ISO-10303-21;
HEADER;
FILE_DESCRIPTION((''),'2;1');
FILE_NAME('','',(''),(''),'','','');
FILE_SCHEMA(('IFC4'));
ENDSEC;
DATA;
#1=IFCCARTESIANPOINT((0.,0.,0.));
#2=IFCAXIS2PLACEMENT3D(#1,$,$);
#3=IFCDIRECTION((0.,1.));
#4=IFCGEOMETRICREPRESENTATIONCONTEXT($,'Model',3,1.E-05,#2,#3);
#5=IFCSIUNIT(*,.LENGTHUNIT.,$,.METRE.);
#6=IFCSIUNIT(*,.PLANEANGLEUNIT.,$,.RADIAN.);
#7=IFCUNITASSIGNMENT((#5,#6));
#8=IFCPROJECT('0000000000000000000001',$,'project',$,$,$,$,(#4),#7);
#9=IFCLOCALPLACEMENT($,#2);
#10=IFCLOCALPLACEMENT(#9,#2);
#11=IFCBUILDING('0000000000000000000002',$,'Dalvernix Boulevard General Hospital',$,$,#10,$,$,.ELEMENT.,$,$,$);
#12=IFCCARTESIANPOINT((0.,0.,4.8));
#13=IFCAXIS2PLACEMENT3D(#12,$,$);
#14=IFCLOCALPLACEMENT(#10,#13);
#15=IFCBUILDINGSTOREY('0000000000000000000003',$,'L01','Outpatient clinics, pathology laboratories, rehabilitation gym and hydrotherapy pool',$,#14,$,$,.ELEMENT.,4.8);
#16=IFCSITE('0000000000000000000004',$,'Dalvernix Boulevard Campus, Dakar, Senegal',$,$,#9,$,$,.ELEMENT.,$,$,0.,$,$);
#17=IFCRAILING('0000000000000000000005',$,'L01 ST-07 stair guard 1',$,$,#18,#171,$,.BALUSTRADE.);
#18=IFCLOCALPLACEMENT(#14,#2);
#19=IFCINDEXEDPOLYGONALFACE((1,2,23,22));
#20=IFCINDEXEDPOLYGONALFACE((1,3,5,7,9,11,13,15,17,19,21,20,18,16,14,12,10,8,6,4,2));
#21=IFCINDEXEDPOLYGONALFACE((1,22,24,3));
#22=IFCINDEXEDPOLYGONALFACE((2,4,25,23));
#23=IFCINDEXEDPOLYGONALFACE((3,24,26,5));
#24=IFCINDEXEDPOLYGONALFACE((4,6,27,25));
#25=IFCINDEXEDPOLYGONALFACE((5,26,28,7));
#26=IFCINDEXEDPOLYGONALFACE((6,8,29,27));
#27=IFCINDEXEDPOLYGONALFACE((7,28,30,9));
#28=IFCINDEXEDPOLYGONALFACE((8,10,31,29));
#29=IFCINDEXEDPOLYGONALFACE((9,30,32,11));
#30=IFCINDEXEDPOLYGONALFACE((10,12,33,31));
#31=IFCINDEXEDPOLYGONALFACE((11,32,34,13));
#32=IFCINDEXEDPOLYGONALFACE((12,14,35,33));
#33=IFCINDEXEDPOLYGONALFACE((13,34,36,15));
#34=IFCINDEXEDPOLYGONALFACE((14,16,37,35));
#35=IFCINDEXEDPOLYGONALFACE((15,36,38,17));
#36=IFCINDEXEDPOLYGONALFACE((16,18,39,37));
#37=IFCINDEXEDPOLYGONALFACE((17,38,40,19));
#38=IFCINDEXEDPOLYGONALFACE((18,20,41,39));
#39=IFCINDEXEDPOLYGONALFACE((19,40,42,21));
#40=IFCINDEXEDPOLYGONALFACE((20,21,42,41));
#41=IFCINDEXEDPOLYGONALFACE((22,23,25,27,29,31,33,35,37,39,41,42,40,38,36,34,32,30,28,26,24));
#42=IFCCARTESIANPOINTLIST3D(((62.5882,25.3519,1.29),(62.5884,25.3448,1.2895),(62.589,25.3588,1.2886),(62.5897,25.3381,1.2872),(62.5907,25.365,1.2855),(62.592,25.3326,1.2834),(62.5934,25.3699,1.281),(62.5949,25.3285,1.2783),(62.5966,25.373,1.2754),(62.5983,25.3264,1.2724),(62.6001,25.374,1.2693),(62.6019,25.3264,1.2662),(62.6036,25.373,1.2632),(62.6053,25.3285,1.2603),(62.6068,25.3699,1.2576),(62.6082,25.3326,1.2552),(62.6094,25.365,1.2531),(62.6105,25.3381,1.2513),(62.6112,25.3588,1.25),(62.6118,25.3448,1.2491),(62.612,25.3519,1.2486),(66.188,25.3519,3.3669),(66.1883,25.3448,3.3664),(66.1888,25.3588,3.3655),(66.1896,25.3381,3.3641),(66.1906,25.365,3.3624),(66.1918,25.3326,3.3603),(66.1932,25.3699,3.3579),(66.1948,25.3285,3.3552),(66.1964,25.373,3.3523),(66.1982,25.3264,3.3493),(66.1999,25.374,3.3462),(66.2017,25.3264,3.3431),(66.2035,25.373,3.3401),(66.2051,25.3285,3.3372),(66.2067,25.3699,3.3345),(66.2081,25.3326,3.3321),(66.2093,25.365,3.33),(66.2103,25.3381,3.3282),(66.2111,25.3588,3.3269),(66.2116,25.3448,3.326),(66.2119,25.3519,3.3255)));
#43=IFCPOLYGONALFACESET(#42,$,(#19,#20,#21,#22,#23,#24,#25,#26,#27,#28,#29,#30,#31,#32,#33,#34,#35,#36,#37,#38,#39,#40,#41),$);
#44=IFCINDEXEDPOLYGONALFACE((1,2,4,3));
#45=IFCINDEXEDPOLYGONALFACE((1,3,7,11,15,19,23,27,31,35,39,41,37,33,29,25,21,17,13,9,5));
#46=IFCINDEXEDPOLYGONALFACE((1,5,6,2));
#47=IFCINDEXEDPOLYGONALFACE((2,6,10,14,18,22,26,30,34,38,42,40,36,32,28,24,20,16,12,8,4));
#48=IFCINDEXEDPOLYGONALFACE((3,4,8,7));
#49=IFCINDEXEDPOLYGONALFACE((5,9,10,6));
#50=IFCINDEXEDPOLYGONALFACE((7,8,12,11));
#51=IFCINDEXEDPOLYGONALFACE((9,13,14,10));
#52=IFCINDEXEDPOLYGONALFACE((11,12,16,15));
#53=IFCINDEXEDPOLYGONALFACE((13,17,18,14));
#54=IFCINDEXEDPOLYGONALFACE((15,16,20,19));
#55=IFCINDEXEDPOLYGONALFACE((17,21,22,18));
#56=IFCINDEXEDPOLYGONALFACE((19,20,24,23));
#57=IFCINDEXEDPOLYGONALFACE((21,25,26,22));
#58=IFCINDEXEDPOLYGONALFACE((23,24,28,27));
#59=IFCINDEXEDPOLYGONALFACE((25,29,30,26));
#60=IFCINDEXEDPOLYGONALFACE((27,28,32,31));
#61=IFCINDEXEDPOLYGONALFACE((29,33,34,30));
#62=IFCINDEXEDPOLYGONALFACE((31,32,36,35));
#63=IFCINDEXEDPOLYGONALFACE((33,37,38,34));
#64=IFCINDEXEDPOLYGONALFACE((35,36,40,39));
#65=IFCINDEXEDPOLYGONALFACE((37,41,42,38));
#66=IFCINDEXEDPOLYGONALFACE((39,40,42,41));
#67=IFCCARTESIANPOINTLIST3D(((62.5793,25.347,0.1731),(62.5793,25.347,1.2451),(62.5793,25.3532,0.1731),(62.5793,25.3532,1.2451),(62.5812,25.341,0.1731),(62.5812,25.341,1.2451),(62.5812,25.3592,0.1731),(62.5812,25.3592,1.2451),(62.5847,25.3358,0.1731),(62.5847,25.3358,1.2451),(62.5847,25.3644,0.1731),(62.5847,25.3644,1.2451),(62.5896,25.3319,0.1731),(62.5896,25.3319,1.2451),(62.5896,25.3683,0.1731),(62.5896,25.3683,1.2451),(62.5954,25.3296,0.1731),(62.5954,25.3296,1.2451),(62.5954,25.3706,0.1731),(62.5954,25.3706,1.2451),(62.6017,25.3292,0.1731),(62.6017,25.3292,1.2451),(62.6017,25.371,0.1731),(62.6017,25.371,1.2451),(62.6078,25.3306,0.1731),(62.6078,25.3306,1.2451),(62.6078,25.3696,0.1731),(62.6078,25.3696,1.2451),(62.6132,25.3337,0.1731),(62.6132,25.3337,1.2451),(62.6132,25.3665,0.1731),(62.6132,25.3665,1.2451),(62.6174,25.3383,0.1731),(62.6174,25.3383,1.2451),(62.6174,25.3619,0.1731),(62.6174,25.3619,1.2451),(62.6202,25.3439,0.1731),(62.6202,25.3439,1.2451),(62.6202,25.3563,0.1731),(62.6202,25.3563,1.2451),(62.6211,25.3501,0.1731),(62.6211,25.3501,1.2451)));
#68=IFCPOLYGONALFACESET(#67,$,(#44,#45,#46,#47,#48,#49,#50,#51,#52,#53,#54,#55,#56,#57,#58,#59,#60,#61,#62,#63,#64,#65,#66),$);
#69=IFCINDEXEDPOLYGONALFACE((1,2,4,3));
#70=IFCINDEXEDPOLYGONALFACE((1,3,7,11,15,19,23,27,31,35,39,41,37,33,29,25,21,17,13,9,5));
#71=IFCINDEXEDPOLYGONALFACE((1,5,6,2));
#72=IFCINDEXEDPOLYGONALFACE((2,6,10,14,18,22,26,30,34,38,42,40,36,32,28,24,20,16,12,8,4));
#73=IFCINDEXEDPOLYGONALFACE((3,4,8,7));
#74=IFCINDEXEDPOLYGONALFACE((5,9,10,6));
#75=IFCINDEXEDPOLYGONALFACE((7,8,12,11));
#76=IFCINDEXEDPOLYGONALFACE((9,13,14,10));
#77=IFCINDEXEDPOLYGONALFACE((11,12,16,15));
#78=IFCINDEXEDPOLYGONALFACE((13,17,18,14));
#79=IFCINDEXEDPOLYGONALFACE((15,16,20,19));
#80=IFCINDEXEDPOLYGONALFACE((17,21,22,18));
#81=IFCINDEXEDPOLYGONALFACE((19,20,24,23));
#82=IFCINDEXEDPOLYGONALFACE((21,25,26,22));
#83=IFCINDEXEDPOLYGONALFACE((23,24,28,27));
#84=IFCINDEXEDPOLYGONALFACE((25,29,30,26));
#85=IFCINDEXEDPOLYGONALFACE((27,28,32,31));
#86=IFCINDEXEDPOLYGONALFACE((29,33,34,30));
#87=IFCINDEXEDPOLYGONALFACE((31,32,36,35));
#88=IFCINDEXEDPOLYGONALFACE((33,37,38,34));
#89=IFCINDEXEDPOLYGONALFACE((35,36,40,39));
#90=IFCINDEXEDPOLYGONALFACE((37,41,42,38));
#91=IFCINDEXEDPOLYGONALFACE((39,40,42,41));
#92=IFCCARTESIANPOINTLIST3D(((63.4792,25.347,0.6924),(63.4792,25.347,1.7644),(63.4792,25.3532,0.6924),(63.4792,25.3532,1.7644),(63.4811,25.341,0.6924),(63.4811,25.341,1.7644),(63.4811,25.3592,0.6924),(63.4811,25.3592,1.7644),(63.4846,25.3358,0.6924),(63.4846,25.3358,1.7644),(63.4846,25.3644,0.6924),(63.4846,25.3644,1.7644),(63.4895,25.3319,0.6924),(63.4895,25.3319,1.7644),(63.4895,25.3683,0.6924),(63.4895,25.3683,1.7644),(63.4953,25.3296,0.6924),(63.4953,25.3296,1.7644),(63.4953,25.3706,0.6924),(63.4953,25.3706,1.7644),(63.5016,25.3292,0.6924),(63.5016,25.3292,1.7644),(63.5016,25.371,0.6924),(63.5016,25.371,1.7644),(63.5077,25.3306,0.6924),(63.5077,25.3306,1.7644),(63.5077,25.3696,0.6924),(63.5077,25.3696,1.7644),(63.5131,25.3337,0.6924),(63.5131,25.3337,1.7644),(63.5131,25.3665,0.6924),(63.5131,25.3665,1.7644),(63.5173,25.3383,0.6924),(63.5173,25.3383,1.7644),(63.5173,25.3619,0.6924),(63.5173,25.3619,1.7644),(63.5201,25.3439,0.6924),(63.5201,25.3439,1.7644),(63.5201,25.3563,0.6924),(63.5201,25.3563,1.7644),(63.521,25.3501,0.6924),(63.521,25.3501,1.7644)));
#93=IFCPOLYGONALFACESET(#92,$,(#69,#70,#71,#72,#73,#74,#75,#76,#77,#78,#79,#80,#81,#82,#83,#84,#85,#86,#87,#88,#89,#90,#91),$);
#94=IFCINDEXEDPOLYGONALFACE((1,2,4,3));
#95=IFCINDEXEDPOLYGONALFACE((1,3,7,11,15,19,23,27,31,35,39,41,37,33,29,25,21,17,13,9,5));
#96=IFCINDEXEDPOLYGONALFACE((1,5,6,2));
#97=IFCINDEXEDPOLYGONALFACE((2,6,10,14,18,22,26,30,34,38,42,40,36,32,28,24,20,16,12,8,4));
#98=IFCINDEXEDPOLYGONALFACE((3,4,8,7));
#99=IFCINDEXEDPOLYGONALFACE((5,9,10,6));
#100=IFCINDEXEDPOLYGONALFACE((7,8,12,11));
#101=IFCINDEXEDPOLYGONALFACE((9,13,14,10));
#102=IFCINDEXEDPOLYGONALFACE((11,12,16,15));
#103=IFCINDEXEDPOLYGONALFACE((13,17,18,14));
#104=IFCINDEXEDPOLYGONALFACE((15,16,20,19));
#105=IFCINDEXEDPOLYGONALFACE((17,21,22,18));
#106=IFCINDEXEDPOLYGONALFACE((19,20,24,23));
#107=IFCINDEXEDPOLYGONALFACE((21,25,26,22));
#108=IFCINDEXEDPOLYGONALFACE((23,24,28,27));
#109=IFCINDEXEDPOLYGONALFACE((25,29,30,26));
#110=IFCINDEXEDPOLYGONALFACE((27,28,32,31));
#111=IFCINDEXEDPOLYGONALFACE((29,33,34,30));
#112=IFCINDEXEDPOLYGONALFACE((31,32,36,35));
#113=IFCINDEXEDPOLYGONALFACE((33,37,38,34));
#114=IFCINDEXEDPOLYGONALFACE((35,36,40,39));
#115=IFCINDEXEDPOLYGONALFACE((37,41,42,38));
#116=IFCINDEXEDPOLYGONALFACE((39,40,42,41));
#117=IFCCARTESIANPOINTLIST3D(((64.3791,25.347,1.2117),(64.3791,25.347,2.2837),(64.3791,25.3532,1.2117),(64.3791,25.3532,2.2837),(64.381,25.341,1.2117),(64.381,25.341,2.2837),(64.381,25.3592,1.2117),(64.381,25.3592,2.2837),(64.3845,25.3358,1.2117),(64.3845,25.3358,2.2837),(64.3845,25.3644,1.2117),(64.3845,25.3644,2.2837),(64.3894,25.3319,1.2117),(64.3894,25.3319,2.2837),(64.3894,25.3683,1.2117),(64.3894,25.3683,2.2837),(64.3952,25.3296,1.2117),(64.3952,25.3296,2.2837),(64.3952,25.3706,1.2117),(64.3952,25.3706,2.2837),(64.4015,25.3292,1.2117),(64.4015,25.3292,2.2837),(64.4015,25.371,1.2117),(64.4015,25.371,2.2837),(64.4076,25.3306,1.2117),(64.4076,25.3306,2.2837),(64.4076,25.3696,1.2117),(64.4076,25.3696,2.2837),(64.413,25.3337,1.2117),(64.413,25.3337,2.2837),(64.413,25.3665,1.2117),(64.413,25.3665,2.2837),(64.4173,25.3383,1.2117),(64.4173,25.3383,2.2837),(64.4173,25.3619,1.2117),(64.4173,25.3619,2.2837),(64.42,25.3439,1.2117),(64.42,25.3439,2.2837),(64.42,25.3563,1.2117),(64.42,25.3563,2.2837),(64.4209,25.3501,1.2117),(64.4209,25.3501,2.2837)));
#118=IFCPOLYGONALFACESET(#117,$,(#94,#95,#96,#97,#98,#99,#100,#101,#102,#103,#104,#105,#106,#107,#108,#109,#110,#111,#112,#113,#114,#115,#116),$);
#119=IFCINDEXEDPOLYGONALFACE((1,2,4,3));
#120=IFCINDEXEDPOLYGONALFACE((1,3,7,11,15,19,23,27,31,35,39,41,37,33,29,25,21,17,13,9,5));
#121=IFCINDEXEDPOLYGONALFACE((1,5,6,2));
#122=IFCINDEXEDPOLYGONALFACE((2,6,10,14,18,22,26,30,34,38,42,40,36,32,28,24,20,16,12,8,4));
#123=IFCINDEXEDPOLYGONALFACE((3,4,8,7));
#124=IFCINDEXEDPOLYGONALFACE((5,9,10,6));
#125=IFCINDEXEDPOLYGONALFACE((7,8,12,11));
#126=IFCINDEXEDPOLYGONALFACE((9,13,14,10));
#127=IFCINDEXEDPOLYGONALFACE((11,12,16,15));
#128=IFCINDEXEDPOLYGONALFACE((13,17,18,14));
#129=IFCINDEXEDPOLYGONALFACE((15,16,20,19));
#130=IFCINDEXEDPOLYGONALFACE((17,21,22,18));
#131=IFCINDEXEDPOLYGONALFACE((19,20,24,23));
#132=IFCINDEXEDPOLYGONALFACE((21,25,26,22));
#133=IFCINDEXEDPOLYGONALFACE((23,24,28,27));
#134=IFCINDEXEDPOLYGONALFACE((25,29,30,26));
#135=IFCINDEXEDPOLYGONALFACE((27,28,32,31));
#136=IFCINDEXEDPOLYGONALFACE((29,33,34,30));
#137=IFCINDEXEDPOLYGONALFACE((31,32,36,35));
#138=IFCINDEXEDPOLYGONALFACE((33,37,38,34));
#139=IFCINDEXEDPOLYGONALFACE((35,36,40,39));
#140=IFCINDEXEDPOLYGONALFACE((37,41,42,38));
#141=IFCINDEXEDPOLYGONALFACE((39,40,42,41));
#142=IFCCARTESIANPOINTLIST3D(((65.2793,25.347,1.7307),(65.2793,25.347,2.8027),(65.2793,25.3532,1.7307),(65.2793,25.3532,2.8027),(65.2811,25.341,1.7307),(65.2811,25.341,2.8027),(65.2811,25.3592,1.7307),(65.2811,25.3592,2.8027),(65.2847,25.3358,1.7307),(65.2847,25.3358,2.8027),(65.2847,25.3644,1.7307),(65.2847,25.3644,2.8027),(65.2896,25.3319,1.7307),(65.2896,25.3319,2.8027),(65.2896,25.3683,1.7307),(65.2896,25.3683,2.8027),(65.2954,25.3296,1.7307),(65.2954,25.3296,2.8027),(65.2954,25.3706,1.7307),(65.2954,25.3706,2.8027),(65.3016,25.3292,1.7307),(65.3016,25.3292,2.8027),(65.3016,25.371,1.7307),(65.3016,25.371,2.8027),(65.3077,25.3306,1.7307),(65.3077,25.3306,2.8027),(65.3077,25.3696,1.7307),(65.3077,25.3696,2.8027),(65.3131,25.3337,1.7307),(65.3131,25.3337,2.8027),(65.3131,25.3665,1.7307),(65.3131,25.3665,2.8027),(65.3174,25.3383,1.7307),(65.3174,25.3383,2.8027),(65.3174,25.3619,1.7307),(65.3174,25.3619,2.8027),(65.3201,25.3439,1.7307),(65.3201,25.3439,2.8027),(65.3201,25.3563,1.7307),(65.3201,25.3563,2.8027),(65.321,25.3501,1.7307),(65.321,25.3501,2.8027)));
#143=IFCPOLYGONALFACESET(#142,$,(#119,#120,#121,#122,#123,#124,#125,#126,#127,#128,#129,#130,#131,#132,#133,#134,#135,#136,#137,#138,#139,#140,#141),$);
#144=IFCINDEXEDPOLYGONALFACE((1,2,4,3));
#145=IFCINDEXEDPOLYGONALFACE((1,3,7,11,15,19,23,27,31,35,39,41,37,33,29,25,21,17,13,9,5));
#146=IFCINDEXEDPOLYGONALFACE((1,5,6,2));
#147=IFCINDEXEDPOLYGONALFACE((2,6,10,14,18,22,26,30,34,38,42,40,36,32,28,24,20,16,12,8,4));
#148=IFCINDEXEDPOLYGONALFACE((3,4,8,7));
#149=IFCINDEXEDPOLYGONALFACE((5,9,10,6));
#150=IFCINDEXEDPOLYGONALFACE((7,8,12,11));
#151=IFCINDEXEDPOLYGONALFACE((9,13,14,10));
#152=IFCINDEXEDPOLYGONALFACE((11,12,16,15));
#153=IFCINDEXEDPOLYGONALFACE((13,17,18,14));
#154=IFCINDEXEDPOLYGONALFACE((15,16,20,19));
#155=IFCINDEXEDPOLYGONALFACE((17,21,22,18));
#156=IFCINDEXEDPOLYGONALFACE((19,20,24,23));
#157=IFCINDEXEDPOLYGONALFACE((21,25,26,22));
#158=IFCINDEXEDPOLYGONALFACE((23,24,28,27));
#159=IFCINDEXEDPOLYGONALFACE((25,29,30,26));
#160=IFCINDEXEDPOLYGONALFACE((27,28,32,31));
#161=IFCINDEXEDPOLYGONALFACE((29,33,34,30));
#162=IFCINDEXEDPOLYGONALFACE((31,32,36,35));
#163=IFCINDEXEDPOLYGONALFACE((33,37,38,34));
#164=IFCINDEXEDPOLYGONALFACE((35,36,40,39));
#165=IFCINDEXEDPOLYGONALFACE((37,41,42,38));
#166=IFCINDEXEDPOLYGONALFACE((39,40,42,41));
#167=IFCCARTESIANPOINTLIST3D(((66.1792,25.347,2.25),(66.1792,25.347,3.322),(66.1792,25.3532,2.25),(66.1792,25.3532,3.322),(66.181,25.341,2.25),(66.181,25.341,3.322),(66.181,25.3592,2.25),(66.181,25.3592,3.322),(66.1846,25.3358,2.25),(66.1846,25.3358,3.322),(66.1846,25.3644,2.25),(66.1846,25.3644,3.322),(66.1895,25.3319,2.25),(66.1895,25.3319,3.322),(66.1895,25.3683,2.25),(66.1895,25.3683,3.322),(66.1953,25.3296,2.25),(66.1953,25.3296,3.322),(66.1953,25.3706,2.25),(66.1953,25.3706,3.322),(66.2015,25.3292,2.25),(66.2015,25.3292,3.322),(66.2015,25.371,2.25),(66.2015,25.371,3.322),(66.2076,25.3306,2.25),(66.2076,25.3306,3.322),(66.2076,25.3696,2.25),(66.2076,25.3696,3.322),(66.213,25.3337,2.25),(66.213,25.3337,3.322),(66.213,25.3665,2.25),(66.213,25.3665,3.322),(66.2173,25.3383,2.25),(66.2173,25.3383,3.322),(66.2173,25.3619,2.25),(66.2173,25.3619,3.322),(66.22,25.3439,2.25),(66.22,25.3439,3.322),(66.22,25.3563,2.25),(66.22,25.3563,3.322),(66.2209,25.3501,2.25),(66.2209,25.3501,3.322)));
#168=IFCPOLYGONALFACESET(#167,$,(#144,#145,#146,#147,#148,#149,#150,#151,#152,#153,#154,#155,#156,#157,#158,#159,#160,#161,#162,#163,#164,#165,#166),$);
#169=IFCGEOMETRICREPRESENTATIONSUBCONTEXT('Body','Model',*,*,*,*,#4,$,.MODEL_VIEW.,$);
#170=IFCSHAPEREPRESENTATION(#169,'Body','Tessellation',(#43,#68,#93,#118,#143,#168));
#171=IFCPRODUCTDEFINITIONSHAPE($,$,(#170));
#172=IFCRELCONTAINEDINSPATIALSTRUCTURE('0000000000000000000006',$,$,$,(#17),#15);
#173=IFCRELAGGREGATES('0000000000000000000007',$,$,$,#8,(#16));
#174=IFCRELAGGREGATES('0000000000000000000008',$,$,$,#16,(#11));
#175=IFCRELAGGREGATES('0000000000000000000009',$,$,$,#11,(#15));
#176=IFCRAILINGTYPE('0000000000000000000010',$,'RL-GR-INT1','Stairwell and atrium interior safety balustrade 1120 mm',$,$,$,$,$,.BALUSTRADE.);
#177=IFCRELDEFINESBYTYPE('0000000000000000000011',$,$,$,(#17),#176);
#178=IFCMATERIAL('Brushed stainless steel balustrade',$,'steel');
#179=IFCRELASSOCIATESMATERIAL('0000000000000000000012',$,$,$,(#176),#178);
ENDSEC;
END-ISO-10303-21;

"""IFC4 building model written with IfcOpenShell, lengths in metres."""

from ifc_helpers import new_model, si_unit, direction, frame, origin, origin_2d, place, context, subcontext, project, spatial, circle, extrude, material, type_object, element, save


model = new_model("IFC4")

# Units and contexts
model_context = context("Model", 3, precision=1e-05, world=origin(), true_north=direction((0.0, 1.0)))
body_context = subcontext(model_context, "Body", "Model", "MODEL_VIEW")
ifc_project = project(units=[si_unit("LENGTHUNIT", "METRE"), si_unit("PLANEANGLEUNIT", "RADIAN")], contexts=[model_context])

# Site, building, storey
site_placement = place(None, origin())
site = spatial("IfcSite", under=ifc_project, at=site_placement, Name="Dalvernix Boulevard Campus, Dakar, Senegal", CompositionType="ELEMENT", RefElevation=0.0)
building_placement = place(site_placement, origin())
building = spatial("IfcBuilding", under=site, at=building_placement, Name="Dalvernix Boulevard General Hospital", CompositionType="ELEMENT")
storey_placement = place(building_placement, frame((0.0, 0.0, 4.8)))
storey = spatial("IfcBuildingStorey", under=building, at=storey_placement, Name="L01", Description="Outpatient clinics, pathology laboratories, rehabilitation gym and hydrotherapy pool", CompositionType="ELEMENT", Elevation=4.8)

# Railing
ifc_material_1 = material(Name="Brushed stainless steel balustrade", Category="steel")
railing_type_1 = type_object("IfcRailingType", Name="RL-GR-INT1", Description="Stairwell and atrium interior safety balustrade 1120 mm", PredefinedType="BALUSTRADE", material=ifc_material_1)
railing_1_placement = place(storey_placement, frame((62.6001, 25.3501, 0.1731)))
element("IfcRailing", 1, at=railing_1_placement, inside=storey, type_object=railing_type_1, Name="L01 ST-07 stair guard 1", PredefinedType="BALUSTRADE", context=body_context, shape_type="SweptSolid", body=[
    extrude(circle(Radius=0.0239, at=origin_2d()), frame((0.0, 0.0, 1.0962), z_axis=(0.866179, 0.0, 0.499734), x_axis=(0.0, 1.0, 0.0)), (0.0, 0.0, 1.0), 4.156),
    extrude(circle(Radius=0.021, at=origin_2d()), origin(), (0.0, 0.0, 1.0), 1.072),
    extrude(circle(Radius=0.021, at=origin_2d()), frame((0.8999, 0.0, 0.5193)), (0.0, 0.0, 1.0), 1.072),
    extrude(circle(Radius=0.021, at=origin_2d()), frame((1.7998, 0.0, 1.0386)), (0.0, 0.0, 1.0), 1.072),
    extrude(circle(Radius=0.021, at=origin_2d()), frame((2.7, 0.0, 1.5576)), (0.0, 0.0, 1.0), 1.072),
    extrude(circle(Radius=0.021, at=origin_2d()), frame((3.5999, 0.0, 2.0769)), (0.0, 0.0, 1.0), 1.072),
])

save(model, "model.ifc")
